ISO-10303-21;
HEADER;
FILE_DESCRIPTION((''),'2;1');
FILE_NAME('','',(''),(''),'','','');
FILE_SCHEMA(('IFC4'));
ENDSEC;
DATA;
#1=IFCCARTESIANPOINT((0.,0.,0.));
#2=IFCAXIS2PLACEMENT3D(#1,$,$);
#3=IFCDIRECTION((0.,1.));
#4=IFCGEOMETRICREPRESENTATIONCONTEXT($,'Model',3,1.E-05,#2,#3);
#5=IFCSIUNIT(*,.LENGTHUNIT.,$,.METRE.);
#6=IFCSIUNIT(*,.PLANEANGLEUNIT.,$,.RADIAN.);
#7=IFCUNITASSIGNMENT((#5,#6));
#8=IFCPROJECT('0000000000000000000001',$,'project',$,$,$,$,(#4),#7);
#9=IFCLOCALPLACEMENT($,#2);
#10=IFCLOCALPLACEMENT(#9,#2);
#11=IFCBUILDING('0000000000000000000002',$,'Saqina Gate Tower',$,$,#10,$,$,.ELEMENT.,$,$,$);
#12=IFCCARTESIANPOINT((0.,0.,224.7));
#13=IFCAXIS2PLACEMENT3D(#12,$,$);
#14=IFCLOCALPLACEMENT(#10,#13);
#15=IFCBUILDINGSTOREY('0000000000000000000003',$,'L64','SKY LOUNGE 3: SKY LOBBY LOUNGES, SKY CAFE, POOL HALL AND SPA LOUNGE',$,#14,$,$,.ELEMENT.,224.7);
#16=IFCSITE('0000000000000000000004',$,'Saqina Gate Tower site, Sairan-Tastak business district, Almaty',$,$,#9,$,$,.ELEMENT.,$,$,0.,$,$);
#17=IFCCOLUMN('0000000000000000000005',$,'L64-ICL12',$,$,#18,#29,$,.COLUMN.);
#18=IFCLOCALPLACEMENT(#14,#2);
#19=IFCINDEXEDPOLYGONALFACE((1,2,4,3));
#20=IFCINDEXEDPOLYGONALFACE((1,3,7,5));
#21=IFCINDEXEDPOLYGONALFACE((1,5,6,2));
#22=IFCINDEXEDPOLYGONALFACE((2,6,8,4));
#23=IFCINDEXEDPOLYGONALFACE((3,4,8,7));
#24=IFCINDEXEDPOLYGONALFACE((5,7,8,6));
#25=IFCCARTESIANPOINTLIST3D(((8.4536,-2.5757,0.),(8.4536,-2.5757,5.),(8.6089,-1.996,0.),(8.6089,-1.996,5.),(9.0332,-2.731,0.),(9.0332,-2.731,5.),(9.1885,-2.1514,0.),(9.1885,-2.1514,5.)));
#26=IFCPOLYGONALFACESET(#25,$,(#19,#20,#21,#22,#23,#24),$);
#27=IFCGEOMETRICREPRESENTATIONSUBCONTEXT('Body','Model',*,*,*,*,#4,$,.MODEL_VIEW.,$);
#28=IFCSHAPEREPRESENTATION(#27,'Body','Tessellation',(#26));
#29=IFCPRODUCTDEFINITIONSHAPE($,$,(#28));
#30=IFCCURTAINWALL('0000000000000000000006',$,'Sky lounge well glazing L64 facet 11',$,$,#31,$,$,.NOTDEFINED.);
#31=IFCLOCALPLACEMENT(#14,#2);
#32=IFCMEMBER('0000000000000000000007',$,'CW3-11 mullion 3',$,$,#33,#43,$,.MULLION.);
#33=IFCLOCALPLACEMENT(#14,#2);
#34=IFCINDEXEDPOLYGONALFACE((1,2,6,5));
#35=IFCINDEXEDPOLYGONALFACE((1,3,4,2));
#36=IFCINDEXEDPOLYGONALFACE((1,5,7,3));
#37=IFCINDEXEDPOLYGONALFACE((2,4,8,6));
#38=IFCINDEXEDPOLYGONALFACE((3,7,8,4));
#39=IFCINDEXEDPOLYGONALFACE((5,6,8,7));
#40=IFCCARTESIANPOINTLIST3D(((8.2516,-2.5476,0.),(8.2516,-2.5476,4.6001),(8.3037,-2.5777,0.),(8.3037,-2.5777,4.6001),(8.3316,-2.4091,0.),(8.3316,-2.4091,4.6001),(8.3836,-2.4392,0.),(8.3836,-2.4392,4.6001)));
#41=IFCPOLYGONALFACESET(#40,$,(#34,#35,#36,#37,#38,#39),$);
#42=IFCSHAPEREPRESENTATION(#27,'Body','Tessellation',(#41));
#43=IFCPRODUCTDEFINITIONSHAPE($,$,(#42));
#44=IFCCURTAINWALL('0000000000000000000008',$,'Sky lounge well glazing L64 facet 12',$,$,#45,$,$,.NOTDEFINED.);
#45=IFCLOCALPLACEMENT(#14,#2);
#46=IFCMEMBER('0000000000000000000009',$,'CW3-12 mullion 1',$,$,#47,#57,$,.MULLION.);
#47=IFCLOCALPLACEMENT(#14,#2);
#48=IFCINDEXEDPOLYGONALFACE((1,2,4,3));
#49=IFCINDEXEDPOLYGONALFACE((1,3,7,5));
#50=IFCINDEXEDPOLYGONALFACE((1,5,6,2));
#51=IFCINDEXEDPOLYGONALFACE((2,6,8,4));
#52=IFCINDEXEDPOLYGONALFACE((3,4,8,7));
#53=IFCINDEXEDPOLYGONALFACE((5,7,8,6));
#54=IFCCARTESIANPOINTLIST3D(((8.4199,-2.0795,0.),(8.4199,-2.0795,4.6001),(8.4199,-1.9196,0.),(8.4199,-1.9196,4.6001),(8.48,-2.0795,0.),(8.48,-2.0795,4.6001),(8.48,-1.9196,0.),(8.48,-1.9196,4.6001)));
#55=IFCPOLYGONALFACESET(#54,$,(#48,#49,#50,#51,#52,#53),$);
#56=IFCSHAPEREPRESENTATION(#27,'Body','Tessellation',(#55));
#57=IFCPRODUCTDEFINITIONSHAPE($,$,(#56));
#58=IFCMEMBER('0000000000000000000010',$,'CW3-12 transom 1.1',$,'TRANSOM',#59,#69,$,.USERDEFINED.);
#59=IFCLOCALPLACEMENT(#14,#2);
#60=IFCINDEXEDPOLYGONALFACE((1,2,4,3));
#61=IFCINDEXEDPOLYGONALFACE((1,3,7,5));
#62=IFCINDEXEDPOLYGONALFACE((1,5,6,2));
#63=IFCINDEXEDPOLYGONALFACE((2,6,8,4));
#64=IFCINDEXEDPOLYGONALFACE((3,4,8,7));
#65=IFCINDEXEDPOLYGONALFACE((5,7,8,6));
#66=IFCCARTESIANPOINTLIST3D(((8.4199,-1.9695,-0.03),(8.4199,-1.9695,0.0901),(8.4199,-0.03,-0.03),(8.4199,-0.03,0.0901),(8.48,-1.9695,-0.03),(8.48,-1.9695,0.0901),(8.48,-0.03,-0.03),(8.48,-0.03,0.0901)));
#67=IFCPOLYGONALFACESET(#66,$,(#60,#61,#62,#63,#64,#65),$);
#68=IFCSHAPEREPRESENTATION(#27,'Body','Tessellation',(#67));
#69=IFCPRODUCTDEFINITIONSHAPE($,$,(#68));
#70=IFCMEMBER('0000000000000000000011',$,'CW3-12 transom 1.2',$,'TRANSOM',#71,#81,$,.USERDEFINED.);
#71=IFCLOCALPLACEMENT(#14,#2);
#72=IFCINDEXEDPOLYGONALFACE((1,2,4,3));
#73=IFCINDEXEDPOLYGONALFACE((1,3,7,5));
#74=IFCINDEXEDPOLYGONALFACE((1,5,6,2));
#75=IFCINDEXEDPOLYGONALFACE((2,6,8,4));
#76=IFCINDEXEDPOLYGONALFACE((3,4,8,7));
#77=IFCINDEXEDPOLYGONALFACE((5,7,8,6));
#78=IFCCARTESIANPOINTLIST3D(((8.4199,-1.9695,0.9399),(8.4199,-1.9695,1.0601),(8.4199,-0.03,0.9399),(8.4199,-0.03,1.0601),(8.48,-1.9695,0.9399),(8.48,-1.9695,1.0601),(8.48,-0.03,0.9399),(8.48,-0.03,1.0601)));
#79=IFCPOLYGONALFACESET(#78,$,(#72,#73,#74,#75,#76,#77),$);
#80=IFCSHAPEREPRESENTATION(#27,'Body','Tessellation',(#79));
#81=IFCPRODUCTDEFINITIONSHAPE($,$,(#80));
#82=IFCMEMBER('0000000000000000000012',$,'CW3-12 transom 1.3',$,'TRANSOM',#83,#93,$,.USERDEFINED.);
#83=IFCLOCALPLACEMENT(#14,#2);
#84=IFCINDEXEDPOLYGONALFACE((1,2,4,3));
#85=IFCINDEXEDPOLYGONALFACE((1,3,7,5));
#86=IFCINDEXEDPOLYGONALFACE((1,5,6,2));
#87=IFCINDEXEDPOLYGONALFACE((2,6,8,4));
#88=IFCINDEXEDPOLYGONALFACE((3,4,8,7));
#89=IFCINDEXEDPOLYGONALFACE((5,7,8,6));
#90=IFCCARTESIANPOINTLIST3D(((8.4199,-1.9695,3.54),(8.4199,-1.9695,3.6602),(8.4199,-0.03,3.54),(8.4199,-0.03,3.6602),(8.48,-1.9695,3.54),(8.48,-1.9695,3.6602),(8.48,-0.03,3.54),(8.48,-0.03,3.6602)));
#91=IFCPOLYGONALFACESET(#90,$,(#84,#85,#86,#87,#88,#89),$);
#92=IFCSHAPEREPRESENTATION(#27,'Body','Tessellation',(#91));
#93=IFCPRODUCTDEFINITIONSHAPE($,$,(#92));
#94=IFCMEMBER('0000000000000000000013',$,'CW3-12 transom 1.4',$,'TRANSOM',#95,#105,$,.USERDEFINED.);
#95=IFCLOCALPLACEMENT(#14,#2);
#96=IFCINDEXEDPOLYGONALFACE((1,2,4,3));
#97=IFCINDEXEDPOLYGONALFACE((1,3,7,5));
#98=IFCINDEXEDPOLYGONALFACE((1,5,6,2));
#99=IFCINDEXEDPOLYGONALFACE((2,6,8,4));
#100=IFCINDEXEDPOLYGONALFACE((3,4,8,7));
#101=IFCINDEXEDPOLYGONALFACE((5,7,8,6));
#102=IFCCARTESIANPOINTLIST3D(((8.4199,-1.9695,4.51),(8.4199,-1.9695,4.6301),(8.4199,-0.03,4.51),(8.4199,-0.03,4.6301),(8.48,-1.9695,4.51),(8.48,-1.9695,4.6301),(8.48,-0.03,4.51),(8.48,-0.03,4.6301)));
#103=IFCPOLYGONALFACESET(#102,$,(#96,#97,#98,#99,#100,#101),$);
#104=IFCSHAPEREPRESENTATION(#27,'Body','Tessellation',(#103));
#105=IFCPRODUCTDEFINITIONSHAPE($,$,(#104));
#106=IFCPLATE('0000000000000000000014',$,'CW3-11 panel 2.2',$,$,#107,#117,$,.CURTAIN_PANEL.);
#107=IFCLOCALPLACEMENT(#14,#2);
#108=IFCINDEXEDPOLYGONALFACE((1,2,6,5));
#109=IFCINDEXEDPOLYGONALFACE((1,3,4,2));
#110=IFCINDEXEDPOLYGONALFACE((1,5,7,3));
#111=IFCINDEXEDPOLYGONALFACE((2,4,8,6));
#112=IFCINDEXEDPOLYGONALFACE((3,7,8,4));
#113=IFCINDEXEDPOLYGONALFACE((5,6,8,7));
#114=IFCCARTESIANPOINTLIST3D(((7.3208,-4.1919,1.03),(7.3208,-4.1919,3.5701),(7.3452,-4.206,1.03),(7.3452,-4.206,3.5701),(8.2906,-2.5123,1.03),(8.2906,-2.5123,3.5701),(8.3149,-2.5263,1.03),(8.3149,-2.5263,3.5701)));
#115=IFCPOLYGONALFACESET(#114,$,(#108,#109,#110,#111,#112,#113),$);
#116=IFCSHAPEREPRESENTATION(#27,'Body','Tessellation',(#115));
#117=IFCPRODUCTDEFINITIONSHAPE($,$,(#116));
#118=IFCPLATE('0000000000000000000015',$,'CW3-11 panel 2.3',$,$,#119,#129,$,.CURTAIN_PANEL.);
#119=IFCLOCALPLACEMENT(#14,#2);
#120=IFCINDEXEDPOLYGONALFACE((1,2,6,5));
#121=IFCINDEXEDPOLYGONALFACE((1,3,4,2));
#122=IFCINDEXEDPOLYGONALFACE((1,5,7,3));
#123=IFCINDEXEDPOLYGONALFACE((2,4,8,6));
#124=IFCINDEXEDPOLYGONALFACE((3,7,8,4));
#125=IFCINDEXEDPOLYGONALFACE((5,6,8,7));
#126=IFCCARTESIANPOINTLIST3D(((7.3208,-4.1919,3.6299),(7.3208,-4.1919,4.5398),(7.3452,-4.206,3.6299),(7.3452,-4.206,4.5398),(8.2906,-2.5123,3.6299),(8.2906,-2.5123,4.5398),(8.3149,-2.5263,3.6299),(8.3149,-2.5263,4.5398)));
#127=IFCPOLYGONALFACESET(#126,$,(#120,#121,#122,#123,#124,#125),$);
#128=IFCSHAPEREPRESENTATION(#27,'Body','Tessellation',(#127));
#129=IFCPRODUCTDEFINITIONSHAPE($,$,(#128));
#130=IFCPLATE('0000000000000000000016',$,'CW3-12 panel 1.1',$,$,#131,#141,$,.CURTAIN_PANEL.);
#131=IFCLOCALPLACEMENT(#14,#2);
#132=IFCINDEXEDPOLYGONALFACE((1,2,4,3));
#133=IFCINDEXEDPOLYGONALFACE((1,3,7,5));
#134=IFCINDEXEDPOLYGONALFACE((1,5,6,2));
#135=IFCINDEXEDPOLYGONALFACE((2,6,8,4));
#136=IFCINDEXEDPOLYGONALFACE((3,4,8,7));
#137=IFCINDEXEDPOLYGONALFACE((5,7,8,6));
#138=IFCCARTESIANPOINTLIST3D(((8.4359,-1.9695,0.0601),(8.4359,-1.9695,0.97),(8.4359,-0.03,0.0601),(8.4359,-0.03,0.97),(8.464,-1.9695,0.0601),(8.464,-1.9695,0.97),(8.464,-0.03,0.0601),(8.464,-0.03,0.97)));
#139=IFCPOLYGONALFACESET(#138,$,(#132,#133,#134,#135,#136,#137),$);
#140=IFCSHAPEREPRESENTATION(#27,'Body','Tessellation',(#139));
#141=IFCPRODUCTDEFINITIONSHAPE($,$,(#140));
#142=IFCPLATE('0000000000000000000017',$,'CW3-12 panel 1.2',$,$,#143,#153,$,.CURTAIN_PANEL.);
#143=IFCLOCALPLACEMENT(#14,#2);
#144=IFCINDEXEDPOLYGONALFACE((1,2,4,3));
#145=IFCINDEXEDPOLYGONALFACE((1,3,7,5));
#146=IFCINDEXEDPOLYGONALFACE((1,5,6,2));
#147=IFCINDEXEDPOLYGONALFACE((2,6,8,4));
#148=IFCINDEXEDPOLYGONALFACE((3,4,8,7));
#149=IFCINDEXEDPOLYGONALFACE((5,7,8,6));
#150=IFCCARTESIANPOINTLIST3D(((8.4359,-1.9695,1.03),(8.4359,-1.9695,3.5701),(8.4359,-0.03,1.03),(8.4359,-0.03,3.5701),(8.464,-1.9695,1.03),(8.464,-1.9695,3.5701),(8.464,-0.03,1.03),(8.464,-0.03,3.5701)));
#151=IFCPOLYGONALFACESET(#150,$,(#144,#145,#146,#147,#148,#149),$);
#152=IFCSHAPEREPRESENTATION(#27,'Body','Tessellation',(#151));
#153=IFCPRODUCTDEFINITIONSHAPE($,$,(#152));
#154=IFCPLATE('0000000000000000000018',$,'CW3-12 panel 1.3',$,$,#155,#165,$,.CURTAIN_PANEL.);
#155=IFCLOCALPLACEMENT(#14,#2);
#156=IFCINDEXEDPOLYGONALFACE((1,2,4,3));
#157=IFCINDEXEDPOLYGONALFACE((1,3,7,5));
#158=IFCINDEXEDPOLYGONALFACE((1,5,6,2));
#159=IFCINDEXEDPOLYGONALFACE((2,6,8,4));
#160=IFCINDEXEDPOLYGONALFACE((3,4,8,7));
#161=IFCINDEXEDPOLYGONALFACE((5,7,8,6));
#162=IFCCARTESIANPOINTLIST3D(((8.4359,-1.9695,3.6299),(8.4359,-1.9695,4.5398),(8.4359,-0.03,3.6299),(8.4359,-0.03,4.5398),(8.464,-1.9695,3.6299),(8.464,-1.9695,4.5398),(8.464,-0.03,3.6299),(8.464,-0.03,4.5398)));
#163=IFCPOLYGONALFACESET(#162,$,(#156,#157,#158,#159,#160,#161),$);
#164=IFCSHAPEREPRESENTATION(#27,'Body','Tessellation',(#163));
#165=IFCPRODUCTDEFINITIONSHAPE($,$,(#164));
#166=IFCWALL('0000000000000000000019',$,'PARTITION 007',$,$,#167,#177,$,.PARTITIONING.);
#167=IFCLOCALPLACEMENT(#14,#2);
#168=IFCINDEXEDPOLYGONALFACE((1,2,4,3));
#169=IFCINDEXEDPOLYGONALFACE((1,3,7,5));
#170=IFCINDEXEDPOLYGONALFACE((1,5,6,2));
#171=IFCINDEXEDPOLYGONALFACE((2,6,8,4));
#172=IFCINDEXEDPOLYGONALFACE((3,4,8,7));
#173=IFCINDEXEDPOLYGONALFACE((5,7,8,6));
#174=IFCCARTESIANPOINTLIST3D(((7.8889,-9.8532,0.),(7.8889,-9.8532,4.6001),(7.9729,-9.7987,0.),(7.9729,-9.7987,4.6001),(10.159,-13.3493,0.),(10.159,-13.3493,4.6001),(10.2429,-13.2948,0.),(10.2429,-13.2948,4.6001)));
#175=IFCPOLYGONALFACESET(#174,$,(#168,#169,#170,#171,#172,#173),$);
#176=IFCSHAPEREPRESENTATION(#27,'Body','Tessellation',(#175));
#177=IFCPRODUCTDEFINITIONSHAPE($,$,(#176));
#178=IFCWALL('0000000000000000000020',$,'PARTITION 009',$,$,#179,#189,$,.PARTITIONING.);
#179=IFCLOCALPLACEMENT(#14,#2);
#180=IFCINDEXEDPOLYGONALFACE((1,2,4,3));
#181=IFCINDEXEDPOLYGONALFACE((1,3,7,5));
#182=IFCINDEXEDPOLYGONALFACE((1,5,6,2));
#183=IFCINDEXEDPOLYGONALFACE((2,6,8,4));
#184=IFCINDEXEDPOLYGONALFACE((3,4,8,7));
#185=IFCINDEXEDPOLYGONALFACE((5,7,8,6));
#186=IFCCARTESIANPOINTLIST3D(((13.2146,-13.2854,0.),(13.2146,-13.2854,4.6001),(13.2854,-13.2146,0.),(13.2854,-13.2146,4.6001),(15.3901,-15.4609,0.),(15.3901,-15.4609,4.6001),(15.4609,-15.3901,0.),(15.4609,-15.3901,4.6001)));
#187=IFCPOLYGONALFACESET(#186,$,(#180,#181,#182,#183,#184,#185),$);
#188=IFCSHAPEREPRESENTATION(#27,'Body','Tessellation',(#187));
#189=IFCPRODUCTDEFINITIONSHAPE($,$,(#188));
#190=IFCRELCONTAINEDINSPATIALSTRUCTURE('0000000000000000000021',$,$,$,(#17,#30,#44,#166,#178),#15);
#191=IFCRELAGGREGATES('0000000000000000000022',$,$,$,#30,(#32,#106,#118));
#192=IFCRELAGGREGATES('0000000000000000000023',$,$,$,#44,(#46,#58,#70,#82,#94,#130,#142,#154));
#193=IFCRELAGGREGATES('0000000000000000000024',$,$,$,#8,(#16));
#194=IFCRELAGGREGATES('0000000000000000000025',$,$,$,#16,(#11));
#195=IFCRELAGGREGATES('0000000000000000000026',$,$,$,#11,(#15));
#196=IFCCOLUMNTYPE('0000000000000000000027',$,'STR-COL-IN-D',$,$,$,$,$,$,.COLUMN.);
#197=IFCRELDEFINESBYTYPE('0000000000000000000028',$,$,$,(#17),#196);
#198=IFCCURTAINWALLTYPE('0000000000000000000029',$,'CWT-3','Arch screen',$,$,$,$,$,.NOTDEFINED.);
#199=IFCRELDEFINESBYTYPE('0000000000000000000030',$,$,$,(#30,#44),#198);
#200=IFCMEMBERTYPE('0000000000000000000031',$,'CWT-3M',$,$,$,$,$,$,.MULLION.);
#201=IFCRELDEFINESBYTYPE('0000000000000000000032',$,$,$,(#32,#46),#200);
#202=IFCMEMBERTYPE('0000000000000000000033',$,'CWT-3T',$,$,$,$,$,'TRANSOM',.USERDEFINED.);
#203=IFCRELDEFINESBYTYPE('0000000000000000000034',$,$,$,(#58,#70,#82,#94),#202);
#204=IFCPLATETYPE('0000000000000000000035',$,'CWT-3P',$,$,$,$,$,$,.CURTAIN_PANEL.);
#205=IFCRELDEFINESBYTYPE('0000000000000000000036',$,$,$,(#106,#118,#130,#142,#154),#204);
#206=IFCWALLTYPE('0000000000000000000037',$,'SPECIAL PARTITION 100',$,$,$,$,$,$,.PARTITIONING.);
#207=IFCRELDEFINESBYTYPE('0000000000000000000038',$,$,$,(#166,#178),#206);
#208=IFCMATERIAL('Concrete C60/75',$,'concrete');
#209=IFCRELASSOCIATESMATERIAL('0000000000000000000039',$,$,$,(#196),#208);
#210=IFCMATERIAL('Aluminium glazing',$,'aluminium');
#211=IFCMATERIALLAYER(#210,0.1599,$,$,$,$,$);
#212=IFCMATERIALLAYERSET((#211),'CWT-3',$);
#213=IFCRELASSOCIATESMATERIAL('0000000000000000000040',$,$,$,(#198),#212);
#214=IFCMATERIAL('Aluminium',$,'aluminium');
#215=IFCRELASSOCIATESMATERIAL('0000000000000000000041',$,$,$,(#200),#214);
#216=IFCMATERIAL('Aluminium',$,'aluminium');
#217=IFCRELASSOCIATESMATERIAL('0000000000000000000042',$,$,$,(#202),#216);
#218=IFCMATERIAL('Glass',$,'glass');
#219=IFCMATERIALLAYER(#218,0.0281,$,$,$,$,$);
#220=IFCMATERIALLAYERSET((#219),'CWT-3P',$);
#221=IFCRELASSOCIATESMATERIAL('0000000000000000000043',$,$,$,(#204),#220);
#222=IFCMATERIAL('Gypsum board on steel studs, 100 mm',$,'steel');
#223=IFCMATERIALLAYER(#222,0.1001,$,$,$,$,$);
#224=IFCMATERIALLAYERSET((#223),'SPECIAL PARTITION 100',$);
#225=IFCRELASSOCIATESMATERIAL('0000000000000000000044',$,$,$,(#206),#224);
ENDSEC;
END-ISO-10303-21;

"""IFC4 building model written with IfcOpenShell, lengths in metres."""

from ifc_helpers import new_model, si_unit, direction, frame, frame_2d, origin, origin_2d, place, context, subcontext, project, spatial, rectangle, extrude, material, layer, layer_set, material_profile, profile_set, type_object, element, aggregate, save


model = new_model("IFC4")

# Units and contexts
model_context = context("Model", 3, precision=1e-05, world=origin(), true_north=direction((0.0, 1.0)))
body_context = subcontext(model_context, "Body", "Model", "MODEL_VIEW")
ifc_project = project(units=[si_unit("LENGTHUNIT", "METRE"), si_unit("PLANEANGLEUNIT", "RADIAN")], contexts=[model_context])

# Site, building, storey
site_placement = place(None, origin())
site = spatial("IfcSite", under=ifc_project, at=site_placement, Name="Saqina Gate Tower site, Sairan-Tastak business district, Almaty", CompositionType="ELEMENT", RefElevation=0.0)
building_placement = place(site_placement, origin())
building = spatial("IfcBuilding", under=site, at=building_placement, Name="Saqina Gate Tower", CompositionType="ELEMENT")
storey_placement = place(building_placement, frame((0.0, 0.0, 224.7)))
storey = spatial("IfcBuildingStorey", under=building, at=storey_placement, Name="L64", Description="SKY LOUNGE 3: SKY LOBBY LOUNGES, SKY CAFE, POOL HALL AND SPA LOUNGE", CompositionType="ELEMENT", Elevation=224.7)

# Column
ifc_material_1 = material(Name="Concrete C60/75", Category="concrete")
ifc_material_profile_1 = material_profile(ifc_material_1, rectangle(XDim=0.6001, YDim=0.6001, at=origin_2d()), Name="RC 600x600")
ifc_profile_set_1 = profile_set([ifc_material_profile_1], Name="Concrete C60/75")
column_type = type_object("IfcColumnType", Name="STR-COL-IN-D", PredefinedType="COLUMN", material=ifc_profile_set_1)
column_placement = place(storey_placement, frame((8.821, -2.3635, 0.0), z_axis=(0.0, 0.0, 1.0), x_axis=(0.965926, -0.258819, 0.0)))
element("IfcColumn", 1, at=column_placement, inside=storey, type_object=column_type, Name="L64-ICL12", PredefinedType="COLUMN", context=body_context, shape_type="SweptSolid", body=[
    extrude(rectangle(XDim=0.6001, YDim=0.6001, at=origin_2d()), origin(), (0.0, 0.0, 1.0), 5.0),
])

# Curtain wall, member
ifc_material_2 = material(Name="Aluminium glazing", Category="aluminium")
ifc_layer_1 = layer(ifc_material_2, 0.1599)
ifc_layer_set_1 = layer_set([ifc_layer_1], Name="CWT-3")
curtain_wall_type = type_object("IfcCurtainWallType", Name="CWT-3", Description="Arch screen", PredefinedType="NOTDEFINED", material=ifc_layer_set_1)
curtain_wall_1_placement = place(storey_placement, origin())
curtain_wall_1 = element("IfcCurtainWall", 2, at=curtain_wall_1_placement, inside=storey, type_object=curtain_wall_type, Name="Sky lounge well glazing L64 facet 11", PredefinedType="NOTDEFINED")
ifc_material_3 = material(Name="Aluminium", Category="aluminium")
ifc_material_profile_2 = material_profile(ifc_material_3, rectangle(XDim=0.0601, YDim=0.1599, at=origin_2d()), Name="Aluminium 60x160")
ifc_profile_set_2 = profile_set([ifc_material_profile_2], Name="Aluminium")
member_type_1 = type_object("IfcMemberType", Name="CWT-3M", PredefinedType="MULLION", material=ifc_profile_set_2)
member_1_placement = place(storey_placement, frame((8.3176, -2.4934, 0.0), z_axis=(0.0, 0.0, 1.0), x_axis=(-0.866024, 0.500003, 0.0)))
member_1 = element("IfcMember", 3, at=member_1_placement, type_object=member_type_1, Name="CW3-11 mullion 3", PredefinedType="MULLION", context=body_context, shape_type="SweptSolid", body=[
    extrude(rectangle(XDim=0.0601, YDim=0.1599, at=origin_2d()), origin(), (0.0, 0.0, 1.0), 4.6001),
])

# Curtain wall, members
curtain_wall_2_placement = place(storey_placement, origin())
curtain_wall_2 = element("IfcCurtainWall", 4, at=curtain_wall_2_placement, inside=storey, type_object=curtain_wall_type, Name="Sky lounge well glazing L64 facet 12", PredefinedType="NOTDEFINED")
member_2_placement = place(storey_placement, frame((8.45, -1.9995, 0.0), z_axis=(0.0, 0.0, 1.0), x_axis=(-1.0, 0.0, 0.0)))
member_2 = element("IfcMember", 5, at=member_2_placement, type_object=member_type_1, Name="CW3-12 mullion 1", PredefinedType="MULLION", context=body_context, shape_type="SweptSolid", body=[
    extrude(rectangle(XDim=0.0601, YDim=0.1599, at=origin_2d()), origin(), (0.0, 0.0, 1.0), 4.6001),
])
ifc_material_4 = material(Name="Aluminium", Category="aluminium")
ifc_material_profile_3 = material_profile(ifc_material_4, rectangle(XDim=0.0601, YDim=0.1201, at=origin_2d()), Name="Aluminium 60x120")
ifc_profile_set_3 = profile_set([ifc_material_profile_3], Name="Aluminium")
member_type_2 = type_object("IfcMemberType", Name="CWT-3T", ElementType="TRANSOM", PredefinedType="USERDEFINED", material=ifc_profile_set_3)
member_3_placement = place(storey_placement, frame((8.45, -1.9695, 0.03), z_axis=(0.0, 1.0, 0.0), x_axis=(-1.0, 0.0, 0.0)))
member_3 = element("IfcMember", 6, at=member_3_placement, type_object=member_type_2, Name="CW3-12 transom 1.1", ObjectType="TRANSOM", PredefinedType="USERDEFINED", context=body_context, shape_type="SweptSolid", body=[
    extrude(rectangle(XDim=0.0601, YDim=0.1201, at=origin_2d()), origin(), (0.0, 0.0, 1.0), 1.9395),
])
member_4_placement = place(storey_placement, frame((8.45, -1.9695, 1.0), z_axis=(0.0, 1.0, 0.0), x_axis=(-1.0, 0.0, 0.0)))
member_4 = element("IfcMember", 7, at=member_4_placement, type_object=member_type_2, Name="CW3-12 transom 1.2", ObjectType="TRANSOM", PredefinedType="USERDEFINED", context=body_context, shape_type="SweptSolid", body=[
    extrude(rectangle(XDim=0.0601, YDim=0.1201, at=origin_2d()), origin(), (0.0, 0.0, 1.0), 1.9395),
])
member_5_placement = place(storey_placement, frame((8.45, -1.9695, 3.6001), z_axis=(0.0, 1.0, 0.0), x_axis=(-1.0, 0.0, 0.0)))
member_5 = element("IfcMember", 8, at=member_5_placement, type_object=member_type_2, Name="CW3-12 transom 1.3", ObjectType="TRANSOM", PredefinedType="USERDEFINED", context=body_context, shape_type="SweptSolid", body=[
    extrude(rectangle(XDim=0.0601, YDim=0.1201, at=origin_2d()), origin(), (0.0, 0.0, 1.0), 1.9395),
])
member_6_placement = place(storey_placement, frame((8.45, -1.9695, 4.5701), z_axis=(0.0, 1.0, 0.0), x_axis=(-1.0, 0.0, 0.0)))
member_6 = element("IfcMember", 9, at=member_6_placement, type_object=member_type_2, Name="CW3-12 transom 1.4", ObjectType="TRANSOM", PredefinedType="USERDEFINED", context=body_context, shape_type="SweptSolid", body=[
    extrude(rectangle(XDim=0.0601, YDim=0.1201, at=origin_2d()), origin(), (0.0, 0.0, 1.0), 1.9395),
])

# Plates
ifc_material_5 = material(Name="Glass", Category="glass")
ifc_layer_2 = layer(ifc_material_5, 0.0281)
ifc_layer_set_2 = layer_set([ifc_layer_2], Name="CWT-3P")
plate_type = type_object("IfcPlateType", Name="CWT-3P", PredefinedType="CURTAIN_PANEL", material=ifc_layer_set_2)
plate_1_placement = place(storey_placement, frame((7.8179, -3.3591, 1.03), z_axis=(0.0, 0.0, 1.0), x_axis=(0.500003, 0.866024, 0.0)))
plate_1 = element("IfcPlate", 10, at=plate_1_placement, type_object=plate_type, Name="CW3-11 panel 2.2", PredefinedType="CURTAIN_PANEL", context=body_context, shape_type="SweptSolid", body=[
    extrude(rectangle(XDim=1.9395, YDim=0.0281, at=origin_2d()), origin(), (0.0, 0.0, 1.0), 2.54),
])
plate_2_placement = place(storey_placement, frame((7.8179, -3.3591, 3.6299), z_axis=(0.0, 0.0, 1.0), x_axis=(0.500003, 0.866024, 0.0)))
plate_2 = element("IfcPlate", 11, at=plate_2_placement, type_object=plate_type, Name="CW3-11 panel 2.3", PredefinedType="CURTAIN_PANEL", context=body_context, shape_type="SweptSolid", body=[
    extrude(rectangle(XDim=1.9395, YDim=0.0281, at=origin_2d()), origin(), (0.0, 0.0, 1.0), 0.9099),
])
aggregate(curtain_wall_1, [member_1, plate_1, plate_2])
plate_3_placement = place(storey_placement, frame((8.45, -0.9998, 0.0601), z_axis=(0.0, 0.0, 1.0), x_axis=(0.0, 1.0, 0.0)))
plate_3 = element("IfcPlate", 12, at=plate_3_placement, type_object=plate_type, Name="CW3-12 panel 1.1", PredefinedType="CURTAIN_PANEL", context=body_context, shape_type="SweptSolid", body=[
    extrude(rectangle(XDim=1.9395, YDim=0.0281, at=origin_2d()), origin(), (0.0, 0.0, 1.0), 0.9099),
])
plate_4_placement = place(storey_placement, frame((8.45, -0.9998, 1.03), z_axis=(0.0, 0.0, 1.0), x_axis=(0.0, 1.0, 0.0)))
plate_4 = element("IfcPlate", 13, at=plate_4_placement, type_object=plate_type, Name="CW3-12 panel 1.2", PredefinedType="CURTAIN_PANEL", context=body_context, shape_type="SweptSolid", body=[
    extrude(rectangle(XDim=1.9395, YDim=0.0281, at=origin_2d()), origin(), (0.0, 0.0, 1.0), 2.54),
])
plate_5_placement = place(storey_placement, frame((8.45, -0.9998, 3.6299), z_axis=(0.0, 0.0, 1.0), x_axis=(0.0, 1.0, 0.0)))
plate_5 = element("IfcPlate", 14, at=plate_5_placement, type_object=plate_type, Name="CW3-12 panel 1.3", PredefinedType="CURTAIN_PANEL", context=body_context, shape_type="SweptSolid", body=[
    extrude(rectangle(XDim=1.9395, YDim=0.0281, at=origin_2d()), origin(), (0.0, 0.0, 1.0), 0.9099),
])
aggregate(curtain_wall_2, [member_2, member_3, member_4, member_5, member_6, plate_3, plate_4, plate_5])

# Walls
ifc_material_6 = material(Name="Gypsum board on steel studs, 100 mm", Category="steel")
ifc_layer_3 = layer(ifc_material_6, 0.1001)
ifc_layer_set_3 = layer_set([ifc_layer_3], Name="SPECIAL PARTITION 100")
wall_type_1 = type_object("IfcWallType", Name="SPECIAL PARTITION 100", PredefinedType="PARTITIONING", material=ifc_layer_set_3)
wall_1_placement = place(storey_placement, frame((7.9309, -9.8259, 0.0), z_axis=(0.0, 0.0, 1.0), x_axis=(0.544577, -0.838711, 0.0)))
element("IfcWall", 15, at=wall_1_placement, inside=storey, type_object=wall_type_1, Name="PARTITION 007", PredefinedType="PARTITIONING", context=body_context, shape_type="SweptSolid", body=[
    extrude(rectangle(XDim=4.1685, YDim=0.1001, at=frame_2d((2.0842, 0.0))), origin(), (0.0, 0.0, 1.0), 4.6001),
])
wall_2_placement = place(storey_placement, frame((13.25, -13.25, 0.0), z_axis=(0.0, 0.0, 1.0), x_axis=(0.707107, -0.707107, 0.0)))
element("IfcWall", 16, at=wall_2_placement, inside=storey, type_object=wall_type_1, Name="PARTITION 009", PredefinedType="PARTITIONING", context=body_context, shape_type="SweptSolid", body=[
    extrude(rectangle(XDim=3.0767, YDim=0.1001, at=frame_2d((1.5383, 0.0))), origin(), (0.0, 0.0, 1.0), 4.6001),
])

save(model, "model.ifc")
